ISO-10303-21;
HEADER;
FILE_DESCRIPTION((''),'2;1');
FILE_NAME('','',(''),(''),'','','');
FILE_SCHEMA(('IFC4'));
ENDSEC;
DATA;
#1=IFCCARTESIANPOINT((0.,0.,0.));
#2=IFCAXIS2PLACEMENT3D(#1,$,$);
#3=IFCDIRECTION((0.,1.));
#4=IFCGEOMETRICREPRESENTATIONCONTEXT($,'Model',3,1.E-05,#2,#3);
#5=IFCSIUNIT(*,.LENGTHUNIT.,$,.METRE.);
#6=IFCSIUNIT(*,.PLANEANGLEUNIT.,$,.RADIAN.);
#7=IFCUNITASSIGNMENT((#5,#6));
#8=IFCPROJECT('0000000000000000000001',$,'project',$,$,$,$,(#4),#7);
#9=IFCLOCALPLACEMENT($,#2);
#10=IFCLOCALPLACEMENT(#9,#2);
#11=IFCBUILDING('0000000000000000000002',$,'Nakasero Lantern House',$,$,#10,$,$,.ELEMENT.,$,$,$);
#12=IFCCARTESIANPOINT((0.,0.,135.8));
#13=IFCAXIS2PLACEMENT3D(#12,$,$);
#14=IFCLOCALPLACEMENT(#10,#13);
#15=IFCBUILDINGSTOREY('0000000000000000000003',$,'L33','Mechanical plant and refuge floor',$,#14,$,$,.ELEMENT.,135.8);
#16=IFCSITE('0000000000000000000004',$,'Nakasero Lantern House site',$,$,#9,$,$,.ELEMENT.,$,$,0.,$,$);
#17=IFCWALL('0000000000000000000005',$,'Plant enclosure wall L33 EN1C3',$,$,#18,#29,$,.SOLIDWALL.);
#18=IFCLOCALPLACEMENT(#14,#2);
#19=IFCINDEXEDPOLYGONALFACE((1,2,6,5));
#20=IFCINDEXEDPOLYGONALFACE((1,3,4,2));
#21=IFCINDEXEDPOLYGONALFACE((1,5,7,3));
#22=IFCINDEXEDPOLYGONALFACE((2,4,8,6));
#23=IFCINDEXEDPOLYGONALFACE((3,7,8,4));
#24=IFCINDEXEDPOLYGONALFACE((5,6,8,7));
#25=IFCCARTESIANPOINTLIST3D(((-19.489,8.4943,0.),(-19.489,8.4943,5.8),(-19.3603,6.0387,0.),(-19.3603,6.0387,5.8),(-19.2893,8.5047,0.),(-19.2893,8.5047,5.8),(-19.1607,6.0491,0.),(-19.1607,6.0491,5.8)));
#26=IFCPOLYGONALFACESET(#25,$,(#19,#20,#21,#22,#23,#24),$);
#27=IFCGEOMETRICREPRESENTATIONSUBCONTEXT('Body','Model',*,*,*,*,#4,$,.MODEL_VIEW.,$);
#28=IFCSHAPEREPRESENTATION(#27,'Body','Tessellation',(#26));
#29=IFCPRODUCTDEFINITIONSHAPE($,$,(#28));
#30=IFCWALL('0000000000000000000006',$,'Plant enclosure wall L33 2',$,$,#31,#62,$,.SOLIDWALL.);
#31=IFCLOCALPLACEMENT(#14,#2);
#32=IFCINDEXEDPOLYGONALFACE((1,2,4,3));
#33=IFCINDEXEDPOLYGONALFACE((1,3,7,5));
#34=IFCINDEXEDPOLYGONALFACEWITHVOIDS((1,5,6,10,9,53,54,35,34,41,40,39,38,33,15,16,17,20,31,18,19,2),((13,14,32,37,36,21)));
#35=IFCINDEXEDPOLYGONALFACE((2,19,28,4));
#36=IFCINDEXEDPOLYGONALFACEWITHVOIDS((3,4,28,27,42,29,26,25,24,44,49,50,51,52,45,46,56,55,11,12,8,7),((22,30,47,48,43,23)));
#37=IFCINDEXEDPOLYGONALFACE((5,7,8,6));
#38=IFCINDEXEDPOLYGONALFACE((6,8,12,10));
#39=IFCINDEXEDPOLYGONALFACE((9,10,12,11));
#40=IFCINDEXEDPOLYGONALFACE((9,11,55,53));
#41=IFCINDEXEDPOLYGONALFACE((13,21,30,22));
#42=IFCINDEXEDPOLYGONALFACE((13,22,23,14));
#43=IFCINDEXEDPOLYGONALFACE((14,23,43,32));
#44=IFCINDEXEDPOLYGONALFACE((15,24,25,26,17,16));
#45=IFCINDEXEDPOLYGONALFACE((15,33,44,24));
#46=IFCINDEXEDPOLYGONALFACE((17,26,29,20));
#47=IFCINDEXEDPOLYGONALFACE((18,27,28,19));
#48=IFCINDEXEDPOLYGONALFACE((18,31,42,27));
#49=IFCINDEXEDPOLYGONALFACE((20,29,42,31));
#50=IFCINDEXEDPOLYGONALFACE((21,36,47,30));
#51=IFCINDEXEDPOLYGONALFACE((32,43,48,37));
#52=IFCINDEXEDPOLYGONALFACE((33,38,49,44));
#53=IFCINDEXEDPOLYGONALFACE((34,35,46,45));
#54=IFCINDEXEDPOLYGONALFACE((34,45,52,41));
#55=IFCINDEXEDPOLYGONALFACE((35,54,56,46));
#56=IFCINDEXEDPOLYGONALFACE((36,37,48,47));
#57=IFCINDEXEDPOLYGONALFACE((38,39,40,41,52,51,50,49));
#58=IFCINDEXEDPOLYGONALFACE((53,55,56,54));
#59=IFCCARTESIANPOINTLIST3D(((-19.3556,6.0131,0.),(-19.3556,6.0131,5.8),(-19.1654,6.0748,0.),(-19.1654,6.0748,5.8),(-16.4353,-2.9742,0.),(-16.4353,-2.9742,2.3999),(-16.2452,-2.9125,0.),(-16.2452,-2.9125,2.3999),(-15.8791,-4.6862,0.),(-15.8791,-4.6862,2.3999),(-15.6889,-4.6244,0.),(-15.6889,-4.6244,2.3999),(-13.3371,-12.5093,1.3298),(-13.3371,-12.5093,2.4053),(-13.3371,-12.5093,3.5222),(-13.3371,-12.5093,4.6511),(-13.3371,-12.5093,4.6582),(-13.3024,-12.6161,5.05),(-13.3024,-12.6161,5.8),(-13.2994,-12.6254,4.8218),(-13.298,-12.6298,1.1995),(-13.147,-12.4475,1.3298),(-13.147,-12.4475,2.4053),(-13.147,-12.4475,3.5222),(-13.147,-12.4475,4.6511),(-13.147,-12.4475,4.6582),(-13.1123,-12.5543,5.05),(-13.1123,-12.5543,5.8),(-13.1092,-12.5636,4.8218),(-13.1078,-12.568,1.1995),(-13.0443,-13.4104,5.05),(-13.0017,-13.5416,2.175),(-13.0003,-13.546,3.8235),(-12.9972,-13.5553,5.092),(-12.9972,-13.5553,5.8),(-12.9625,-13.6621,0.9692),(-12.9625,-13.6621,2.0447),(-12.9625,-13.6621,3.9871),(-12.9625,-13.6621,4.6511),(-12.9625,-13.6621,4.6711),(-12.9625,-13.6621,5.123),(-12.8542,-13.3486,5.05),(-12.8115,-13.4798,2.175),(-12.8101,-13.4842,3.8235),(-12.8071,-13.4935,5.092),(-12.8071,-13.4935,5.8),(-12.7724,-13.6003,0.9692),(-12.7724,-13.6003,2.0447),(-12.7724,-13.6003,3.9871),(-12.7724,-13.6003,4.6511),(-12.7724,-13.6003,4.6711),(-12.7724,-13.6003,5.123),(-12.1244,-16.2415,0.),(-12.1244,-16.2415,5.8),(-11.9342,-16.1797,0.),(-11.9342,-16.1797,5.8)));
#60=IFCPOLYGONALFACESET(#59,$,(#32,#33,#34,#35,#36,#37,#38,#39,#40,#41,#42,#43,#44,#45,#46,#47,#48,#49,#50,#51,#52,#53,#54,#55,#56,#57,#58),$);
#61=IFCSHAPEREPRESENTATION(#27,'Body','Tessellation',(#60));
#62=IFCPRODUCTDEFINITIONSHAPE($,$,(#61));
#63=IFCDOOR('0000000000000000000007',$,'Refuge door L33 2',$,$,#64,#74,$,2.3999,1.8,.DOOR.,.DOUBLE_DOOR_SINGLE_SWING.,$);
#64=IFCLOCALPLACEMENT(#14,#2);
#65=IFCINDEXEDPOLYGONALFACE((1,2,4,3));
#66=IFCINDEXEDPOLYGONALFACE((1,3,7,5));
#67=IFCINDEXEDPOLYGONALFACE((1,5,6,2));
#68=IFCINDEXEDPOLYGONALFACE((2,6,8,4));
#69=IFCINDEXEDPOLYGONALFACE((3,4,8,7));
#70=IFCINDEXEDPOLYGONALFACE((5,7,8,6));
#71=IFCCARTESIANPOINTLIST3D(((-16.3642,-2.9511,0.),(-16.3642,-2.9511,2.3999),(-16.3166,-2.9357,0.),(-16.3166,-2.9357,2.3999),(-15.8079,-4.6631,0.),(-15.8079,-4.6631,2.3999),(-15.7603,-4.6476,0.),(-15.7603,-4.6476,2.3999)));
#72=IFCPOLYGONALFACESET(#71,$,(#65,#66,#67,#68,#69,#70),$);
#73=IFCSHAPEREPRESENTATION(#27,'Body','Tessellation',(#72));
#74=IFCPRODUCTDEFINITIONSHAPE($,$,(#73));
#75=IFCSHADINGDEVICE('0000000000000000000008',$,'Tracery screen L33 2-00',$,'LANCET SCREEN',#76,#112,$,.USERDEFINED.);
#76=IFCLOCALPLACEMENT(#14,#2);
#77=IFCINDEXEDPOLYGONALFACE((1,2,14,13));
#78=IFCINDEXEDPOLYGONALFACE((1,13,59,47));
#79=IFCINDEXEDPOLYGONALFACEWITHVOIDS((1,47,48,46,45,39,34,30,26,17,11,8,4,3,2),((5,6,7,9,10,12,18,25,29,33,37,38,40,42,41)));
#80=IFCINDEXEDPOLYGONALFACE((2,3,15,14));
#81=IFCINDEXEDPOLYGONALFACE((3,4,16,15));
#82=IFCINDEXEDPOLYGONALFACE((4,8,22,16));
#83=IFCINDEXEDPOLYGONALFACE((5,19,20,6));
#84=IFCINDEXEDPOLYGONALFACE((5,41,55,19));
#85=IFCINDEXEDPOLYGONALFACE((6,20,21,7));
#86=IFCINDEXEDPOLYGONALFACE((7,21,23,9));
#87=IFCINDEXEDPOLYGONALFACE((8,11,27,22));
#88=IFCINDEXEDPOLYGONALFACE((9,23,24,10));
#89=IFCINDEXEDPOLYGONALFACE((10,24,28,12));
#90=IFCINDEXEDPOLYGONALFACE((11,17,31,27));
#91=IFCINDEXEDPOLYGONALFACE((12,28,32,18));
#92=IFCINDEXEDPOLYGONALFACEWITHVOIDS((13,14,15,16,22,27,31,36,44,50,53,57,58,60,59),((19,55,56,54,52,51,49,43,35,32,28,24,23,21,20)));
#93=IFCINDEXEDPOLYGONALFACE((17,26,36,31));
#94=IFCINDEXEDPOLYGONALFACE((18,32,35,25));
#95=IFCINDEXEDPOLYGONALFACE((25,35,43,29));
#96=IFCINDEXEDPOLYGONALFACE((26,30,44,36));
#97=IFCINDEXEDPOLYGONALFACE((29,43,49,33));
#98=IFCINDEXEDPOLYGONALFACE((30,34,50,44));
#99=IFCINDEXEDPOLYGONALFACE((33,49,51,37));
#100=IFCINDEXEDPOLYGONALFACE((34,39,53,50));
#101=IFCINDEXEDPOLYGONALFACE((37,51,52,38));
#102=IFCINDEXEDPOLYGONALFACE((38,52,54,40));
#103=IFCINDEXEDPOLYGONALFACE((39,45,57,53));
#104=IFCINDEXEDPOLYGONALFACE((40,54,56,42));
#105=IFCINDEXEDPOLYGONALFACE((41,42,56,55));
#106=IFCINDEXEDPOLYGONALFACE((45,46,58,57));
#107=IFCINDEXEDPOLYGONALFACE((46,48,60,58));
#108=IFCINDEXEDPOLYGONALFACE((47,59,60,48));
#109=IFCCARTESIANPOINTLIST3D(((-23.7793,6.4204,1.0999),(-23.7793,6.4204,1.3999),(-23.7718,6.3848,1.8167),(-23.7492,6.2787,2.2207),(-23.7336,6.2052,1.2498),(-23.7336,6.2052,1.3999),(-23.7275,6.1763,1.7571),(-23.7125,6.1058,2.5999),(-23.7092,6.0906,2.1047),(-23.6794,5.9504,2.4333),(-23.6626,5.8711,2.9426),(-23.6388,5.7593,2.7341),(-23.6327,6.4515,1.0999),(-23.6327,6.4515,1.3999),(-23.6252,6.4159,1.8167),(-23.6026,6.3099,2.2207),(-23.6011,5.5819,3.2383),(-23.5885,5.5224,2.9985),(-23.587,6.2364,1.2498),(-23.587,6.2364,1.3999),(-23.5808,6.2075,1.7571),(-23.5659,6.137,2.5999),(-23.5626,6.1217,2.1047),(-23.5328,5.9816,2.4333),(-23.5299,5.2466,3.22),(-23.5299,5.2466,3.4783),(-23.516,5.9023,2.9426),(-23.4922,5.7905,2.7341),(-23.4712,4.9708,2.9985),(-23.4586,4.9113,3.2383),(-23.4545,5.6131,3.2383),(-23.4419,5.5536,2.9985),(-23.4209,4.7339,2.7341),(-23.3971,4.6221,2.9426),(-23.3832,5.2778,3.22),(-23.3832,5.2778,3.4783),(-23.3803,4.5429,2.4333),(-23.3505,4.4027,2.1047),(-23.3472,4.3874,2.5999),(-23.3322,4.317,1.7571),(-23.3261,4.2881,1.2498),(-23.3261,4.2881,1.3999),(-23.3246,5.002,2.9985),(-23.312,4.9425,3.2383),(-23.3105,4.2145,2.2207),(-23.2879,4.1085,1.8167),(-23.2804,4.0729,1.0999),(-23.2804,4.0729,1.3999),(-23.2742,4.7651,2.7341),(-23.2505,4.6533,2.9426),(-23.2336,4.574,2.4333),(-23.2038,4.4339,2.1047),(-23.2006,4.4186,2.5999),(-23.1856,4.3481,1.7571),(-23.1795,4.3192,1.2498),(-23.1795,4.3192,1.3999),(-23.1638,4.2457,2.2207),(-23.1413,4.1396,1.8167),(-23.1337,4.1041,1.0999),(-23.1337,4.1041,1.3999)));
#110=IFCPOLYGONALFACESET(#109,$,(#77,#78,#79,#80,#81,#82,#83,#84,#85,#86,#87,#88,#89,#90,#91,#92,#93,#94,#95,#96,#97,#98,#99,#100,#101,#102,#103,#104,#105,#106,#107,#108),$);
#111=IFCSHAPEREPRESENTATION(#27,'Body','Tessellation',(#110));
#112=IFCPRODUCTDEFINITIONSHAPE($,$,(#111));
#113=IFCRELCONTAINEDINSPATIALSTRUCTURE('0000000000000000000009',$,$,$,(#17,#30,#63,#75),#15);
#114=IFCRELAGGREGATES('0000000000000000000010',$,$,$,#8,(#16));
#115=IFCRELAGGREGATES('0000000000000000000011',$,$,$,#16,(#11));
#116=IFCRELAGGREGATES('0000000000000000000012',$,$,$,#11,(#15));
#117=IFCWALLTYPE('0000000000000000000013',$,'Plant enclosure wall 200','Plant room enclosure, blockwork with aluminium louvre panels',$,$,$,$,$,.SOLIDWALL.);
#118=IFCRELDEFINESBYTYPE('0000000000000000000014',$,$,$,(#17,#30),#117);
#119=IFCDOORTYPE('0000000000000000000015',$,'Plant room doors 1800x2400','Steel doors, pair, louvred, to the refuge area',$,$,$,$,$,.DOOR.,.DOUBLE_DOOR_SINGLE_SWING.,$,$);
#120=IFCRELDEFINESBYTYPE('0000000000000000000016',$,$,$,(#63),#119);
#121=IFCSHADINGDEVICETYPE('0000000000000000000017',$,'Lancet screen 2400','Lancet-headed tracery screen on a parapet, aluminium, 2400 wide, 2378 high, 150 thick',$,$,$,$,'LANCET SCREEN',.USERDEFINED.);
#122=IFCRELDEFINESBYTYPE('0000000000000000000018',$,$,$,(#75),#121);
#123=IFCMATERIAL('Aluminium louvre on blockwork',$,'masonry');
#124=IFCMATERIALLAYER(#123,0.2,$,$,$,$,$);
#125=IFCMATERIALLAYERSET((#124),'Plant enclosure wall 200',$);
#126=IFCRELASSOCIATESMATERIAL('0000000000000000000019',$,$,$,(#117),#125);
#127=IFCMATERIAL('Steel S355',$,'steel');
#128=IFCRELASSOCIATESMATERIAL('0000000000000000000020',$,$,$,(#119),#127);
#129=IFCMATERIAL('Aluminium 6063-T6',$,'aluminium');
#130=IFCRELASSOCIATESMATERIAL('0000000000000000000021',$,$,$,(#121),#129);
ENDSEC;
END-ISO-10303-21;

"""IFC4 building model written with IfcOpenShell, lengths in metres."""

from ifc_helpers import new_model, si_unit, direction, frame, frame_2d, origin, place, context, subcontext, project, spatial, polyline, rectangle, outline, extrude, material, layer, layer_set, type_object, element, fill, save


model = new_model("IFC4")

# Units and contexts
model_context = context("Model", 3, precision=1e-05, world=origin(), true_north=direction((0.0, 1.0)))
body_context = subcontext(model_context, "Body", "Model", "MODEL_VIEW")
ifc_project = project(units=[si_unit("LENGTHUNIT", "METRE"), si_unit("PLANEANGLEUNIT", "RADIAN")], contexts=[model_context])

# Site, building, storey
site_placement = place(None, origin())
site = spatial("IfcSite", under=ifc_project, at=site_placement, Name="Nakasero Lantern House site", CompositionType="ELEMENT", RefElevation=0.0)
building_placement = place(site_placement, origin())
building = spatial("IfcBuilding", under=site, at=building_placement, Name="Nakasero Lantern House", CompositionType="ELEMENT")
storey_placement = place(building_placement, frame((0.0, 0.0, 135.8)))
storey = spatial("IfcBuildingStorey", under=building, at=storey_placement, Name="L33", Description="Mechanical plant and refuge floor", CompositionType="ELEMENT", Elevation=135.8)

# Wall
ifc_material_1 = material(Name="Aluminium louvre on blockwork", Category="masonry")
ifc_layer_1 = layer(ifc_material_1, 0.2)
ifc_layer_set_1 = layer_set([ifc_layer_1], Name="Plant enclosure wall 200")
wall_type_1 = type_object("IfcWallType", Name="Plant enclosure wall 200", Description="Plant room enclosure, blockwork with aluminium louvre panels", PredefinedType="SOLIDWALL", material=ifc_layer_set_1)
wall_1_placement = place(storey_placement, frame((-19.3892, 8.4995, 0.0), z_axis=(0.0, 0.0, 1.0), x_axis=(0.052324, -0.99863, 0.0)))
element("IfcWall", 1, at=wall_1_placement, inside=storey, type_object=wall_type_1, Name="Plant enclosure wall L33 EN1C3", PredefinedType="SOLIDWALL", context=body_context, shape_type="SweptSolid", body=[
    extrude(rectangle(XDim=2.459, YDim=0.2, at=frame_2d((1.2295, 0.0))), origin(), (0.0, 0.0, 1.0), 5.8),
])

# Wall, openings, door
wall_2_placement = place(storey_placement, frame((-19.2605, 6.0439, 0.0), z_axis=(0.0, 0.0, 1.0), x_axis=(0.309026, -0.951054, 0.0)))
wall_2 = element("IfcWall", 2, at=wall_2_placement, inside=storey, type_object=wall_type_1, Name="Plant enclosure wall L33 2", PredefinedType="SOLIDWALL", context=body_context, shape_type="SweptSolid", body=[
    extrude(rectangle(XDim=23.3999, YDim=0.2, at=frame_2d((11.7, 0.0))), origin(), (0.0, 0.0, 1.0), 5.8),
])
opening_1_placement = place(wall_2_placement, frame((9.45, 0.0, 0.0)))
opening_1 = element("IfcOpeningElement", 3, at=opening_1_placement, cuts=wall_2, PredefinedType="OPENING", context=body_context, shape_type="SweptSolid", body=[
    extrude(rectangle(XDim=1.8, YDim=2.3999, at=frame_2d((0.8999, 1.2))), frame((0.0, 0.1199, 0.0), z_axis=(0.0, -1.0, 0.0), x_axis=(1.0, 0.0, 0.0)), (0.0, 0.0, 1.0), 0.24),
])
opening_2_placement = place(wall_2_placement, origin())
element("IfcOpeningElement", 4, at=opening_2_placement, cuts=wall_2, PredefinedType="OPENING", context=body_context, shape_type="SweptSolid", body=[
    extrude(outline(polyline([(19.4756, 1.3298), (19.6023, 1.1995), (20.6877, 0.9692), (20.6877, 2.0447), (20.561, 2.175), (19.4756, 2.4053), (19.4756, 1.3298)])), frame((0.0, 0.1199, 0.0), z_axis=(0.0, -1.0, 0.0), x_axis=(1.0, 0.0, 0.0)), (0.0, 0.0, 1.0), 0.24),
])
opening_3_placement = place(wall_2_placement, origin())
element("IfcOpeningElement", 5, at=opening_3_placement, cuts=wall_2, PredefinedType="OPENING", context=body_context, shape_type="SweptSolid", body=[
    extrude(outline(polyline([(20.6877, 3.9871), (20.6877, 4.6711), (19.4854, 4.6711), (19.4756, 4.6582), (19.4756, 3.5222), (20.5657, 3.8235), (20.6877, 3.9871)])), frame((0.0, 0.1199, 0.0), z_axis=(0.0, -1.0, 0.0), x_axis=(1.0, 0.0, 0.0)), (0.0, 0.0, 1.0), 0.24),
])
opening_4_placement = place(wall_2_placement, origin())
element("IfcOpeningElement", 6, at=opening_4_placement, cuts=wall_2, PredefinedType="OPENING", context=body_context, shape_type="SweptSolid", body=[
    extrude(outline(polyline([(19.5879, 5.05), (20.4231, 5.05), (19.5977, 4.8218), (19.4756, 4.6582), (19.4756, 4.6511), (20.6877, 4.6511), (20.6877, 5.123), (20.5754, 5.092), (20.5754, 5.8), (19.5879, 5.8), (19.5879, 5.05)])), frame((0.0, 0.1199, 0.0), z_axis=(0.0, -1.0, 0.0), x_axis=(1.0, 0.0, 0.0)), (0.0, 0.0, 1.0), 0.24),
])
ifc_material_2 = material(Name="Steel S355", Category="steel")
door_type_1 = type_object("IfcDoorType", Name="Plant room doors 1800x2400", Description="Steel doors, pair, louvred, to the refuge area", OperationType="DOUBLE_DOOR_SINGLE_SWING", PredefinedType="DOOR", material=ifc_material_2)
door_1_placement = place(opening_1_placement, origin())
door_1 = element("IfcDoor", 7, at=door_1_placement, inside=storey, type_object=door_type_1, Name="Refuge door L33 2", OperationType="DOUBLE_DOOR_SINGLE_SWING", OverallHeight=2.3999, OverallWidth=1.8, PredefinedType="DOOR", context=body_context, shape_type="SweptSolid", body=[
    extrude(rectangle(XDim=1.8, YDim=2.3999, at=frame_2d((0.8999, 1.2))), frame((0.0, 0.0249, 0.0), z_axis=(0.0, -1.0, 0.0), x_axis=(1.0, 0.0, 0.0)), (0.0, 0.0, 1.0), 0.05),
])
fill(opening_1, door_1)

# Shading device
ifc_material_3 = material(Name="Aluminium 6063-T6", Category="aluminium")
shading_device_type = type_object("IfcShadingDeviceType", Name="Lancet screen 2400", Description="Lancet-headed tracery screen on a parapet, aluminium, 2400 wide, 2378 high, 150 thick", ElementType="LANCET SCREEN", PredefinedType="USERDEFINED", material=ifc_material_3)
shading_device_placement = place(storey_placement, frame((-23.4565, 5.2622, 1.0999), z_axis=(0.0, 0.0, 1.0), x_axis=(0.207912, -0.978148, 0.0)))
element("IfcShadingDevice", 8, at=shading_device_placement, inside=storey, type_object=shading_device_type, Name="Tracery screen L33 2-00", ObjectType="LANCET SCREEN", PredefinedType="USERDEFINED", context=body_context, shape_type="SweptSolid", body=[
    extrude(outline(polyline([(-1.2, 0.0), (1.2, 0.0), (1.2, 0.3), (1.1636, 0.7168), (1.0552, 1.1208), (0.8784, 1.5), (0.6384, 1.8428), (0.3428, 2.1384), (0.0, 2.3784), (-0.3428, 2.1384), (-0.6384, 1.8428), (-0.8784, 1.5), (-1.0552, 1.1208), (-1.1636, 0.7168), (-1.2, 0.3), (-1.2, 0.0)]), holes=[polyline([(-0.98, 0.1499), (0.98, 0.1499), (0.98, 0.3), (0.9504, 0.6572), (0.8628, 1.0049), (0.7195, 1.3335), (0.5242, 1.6343), (0.282, 1.8987), (0.0, 2.1201), (-0.282, 1.8987), (-0.5242, 1.6343), (-0.7195, 1.3335), (-0.8628, 1.0049), (-0.9504, 0.6572), (-0.98, 0.3), (-0.98, 0.1499)])]), frame((0.0, 0.075, 0.0), z_axis=(0.0, -1.0, 0.0), x_axis=(1.0, 0.0, 0.0)), (0.0, 0.0, 1.0), 0.1499),
])

save(model, "model.ifc")
